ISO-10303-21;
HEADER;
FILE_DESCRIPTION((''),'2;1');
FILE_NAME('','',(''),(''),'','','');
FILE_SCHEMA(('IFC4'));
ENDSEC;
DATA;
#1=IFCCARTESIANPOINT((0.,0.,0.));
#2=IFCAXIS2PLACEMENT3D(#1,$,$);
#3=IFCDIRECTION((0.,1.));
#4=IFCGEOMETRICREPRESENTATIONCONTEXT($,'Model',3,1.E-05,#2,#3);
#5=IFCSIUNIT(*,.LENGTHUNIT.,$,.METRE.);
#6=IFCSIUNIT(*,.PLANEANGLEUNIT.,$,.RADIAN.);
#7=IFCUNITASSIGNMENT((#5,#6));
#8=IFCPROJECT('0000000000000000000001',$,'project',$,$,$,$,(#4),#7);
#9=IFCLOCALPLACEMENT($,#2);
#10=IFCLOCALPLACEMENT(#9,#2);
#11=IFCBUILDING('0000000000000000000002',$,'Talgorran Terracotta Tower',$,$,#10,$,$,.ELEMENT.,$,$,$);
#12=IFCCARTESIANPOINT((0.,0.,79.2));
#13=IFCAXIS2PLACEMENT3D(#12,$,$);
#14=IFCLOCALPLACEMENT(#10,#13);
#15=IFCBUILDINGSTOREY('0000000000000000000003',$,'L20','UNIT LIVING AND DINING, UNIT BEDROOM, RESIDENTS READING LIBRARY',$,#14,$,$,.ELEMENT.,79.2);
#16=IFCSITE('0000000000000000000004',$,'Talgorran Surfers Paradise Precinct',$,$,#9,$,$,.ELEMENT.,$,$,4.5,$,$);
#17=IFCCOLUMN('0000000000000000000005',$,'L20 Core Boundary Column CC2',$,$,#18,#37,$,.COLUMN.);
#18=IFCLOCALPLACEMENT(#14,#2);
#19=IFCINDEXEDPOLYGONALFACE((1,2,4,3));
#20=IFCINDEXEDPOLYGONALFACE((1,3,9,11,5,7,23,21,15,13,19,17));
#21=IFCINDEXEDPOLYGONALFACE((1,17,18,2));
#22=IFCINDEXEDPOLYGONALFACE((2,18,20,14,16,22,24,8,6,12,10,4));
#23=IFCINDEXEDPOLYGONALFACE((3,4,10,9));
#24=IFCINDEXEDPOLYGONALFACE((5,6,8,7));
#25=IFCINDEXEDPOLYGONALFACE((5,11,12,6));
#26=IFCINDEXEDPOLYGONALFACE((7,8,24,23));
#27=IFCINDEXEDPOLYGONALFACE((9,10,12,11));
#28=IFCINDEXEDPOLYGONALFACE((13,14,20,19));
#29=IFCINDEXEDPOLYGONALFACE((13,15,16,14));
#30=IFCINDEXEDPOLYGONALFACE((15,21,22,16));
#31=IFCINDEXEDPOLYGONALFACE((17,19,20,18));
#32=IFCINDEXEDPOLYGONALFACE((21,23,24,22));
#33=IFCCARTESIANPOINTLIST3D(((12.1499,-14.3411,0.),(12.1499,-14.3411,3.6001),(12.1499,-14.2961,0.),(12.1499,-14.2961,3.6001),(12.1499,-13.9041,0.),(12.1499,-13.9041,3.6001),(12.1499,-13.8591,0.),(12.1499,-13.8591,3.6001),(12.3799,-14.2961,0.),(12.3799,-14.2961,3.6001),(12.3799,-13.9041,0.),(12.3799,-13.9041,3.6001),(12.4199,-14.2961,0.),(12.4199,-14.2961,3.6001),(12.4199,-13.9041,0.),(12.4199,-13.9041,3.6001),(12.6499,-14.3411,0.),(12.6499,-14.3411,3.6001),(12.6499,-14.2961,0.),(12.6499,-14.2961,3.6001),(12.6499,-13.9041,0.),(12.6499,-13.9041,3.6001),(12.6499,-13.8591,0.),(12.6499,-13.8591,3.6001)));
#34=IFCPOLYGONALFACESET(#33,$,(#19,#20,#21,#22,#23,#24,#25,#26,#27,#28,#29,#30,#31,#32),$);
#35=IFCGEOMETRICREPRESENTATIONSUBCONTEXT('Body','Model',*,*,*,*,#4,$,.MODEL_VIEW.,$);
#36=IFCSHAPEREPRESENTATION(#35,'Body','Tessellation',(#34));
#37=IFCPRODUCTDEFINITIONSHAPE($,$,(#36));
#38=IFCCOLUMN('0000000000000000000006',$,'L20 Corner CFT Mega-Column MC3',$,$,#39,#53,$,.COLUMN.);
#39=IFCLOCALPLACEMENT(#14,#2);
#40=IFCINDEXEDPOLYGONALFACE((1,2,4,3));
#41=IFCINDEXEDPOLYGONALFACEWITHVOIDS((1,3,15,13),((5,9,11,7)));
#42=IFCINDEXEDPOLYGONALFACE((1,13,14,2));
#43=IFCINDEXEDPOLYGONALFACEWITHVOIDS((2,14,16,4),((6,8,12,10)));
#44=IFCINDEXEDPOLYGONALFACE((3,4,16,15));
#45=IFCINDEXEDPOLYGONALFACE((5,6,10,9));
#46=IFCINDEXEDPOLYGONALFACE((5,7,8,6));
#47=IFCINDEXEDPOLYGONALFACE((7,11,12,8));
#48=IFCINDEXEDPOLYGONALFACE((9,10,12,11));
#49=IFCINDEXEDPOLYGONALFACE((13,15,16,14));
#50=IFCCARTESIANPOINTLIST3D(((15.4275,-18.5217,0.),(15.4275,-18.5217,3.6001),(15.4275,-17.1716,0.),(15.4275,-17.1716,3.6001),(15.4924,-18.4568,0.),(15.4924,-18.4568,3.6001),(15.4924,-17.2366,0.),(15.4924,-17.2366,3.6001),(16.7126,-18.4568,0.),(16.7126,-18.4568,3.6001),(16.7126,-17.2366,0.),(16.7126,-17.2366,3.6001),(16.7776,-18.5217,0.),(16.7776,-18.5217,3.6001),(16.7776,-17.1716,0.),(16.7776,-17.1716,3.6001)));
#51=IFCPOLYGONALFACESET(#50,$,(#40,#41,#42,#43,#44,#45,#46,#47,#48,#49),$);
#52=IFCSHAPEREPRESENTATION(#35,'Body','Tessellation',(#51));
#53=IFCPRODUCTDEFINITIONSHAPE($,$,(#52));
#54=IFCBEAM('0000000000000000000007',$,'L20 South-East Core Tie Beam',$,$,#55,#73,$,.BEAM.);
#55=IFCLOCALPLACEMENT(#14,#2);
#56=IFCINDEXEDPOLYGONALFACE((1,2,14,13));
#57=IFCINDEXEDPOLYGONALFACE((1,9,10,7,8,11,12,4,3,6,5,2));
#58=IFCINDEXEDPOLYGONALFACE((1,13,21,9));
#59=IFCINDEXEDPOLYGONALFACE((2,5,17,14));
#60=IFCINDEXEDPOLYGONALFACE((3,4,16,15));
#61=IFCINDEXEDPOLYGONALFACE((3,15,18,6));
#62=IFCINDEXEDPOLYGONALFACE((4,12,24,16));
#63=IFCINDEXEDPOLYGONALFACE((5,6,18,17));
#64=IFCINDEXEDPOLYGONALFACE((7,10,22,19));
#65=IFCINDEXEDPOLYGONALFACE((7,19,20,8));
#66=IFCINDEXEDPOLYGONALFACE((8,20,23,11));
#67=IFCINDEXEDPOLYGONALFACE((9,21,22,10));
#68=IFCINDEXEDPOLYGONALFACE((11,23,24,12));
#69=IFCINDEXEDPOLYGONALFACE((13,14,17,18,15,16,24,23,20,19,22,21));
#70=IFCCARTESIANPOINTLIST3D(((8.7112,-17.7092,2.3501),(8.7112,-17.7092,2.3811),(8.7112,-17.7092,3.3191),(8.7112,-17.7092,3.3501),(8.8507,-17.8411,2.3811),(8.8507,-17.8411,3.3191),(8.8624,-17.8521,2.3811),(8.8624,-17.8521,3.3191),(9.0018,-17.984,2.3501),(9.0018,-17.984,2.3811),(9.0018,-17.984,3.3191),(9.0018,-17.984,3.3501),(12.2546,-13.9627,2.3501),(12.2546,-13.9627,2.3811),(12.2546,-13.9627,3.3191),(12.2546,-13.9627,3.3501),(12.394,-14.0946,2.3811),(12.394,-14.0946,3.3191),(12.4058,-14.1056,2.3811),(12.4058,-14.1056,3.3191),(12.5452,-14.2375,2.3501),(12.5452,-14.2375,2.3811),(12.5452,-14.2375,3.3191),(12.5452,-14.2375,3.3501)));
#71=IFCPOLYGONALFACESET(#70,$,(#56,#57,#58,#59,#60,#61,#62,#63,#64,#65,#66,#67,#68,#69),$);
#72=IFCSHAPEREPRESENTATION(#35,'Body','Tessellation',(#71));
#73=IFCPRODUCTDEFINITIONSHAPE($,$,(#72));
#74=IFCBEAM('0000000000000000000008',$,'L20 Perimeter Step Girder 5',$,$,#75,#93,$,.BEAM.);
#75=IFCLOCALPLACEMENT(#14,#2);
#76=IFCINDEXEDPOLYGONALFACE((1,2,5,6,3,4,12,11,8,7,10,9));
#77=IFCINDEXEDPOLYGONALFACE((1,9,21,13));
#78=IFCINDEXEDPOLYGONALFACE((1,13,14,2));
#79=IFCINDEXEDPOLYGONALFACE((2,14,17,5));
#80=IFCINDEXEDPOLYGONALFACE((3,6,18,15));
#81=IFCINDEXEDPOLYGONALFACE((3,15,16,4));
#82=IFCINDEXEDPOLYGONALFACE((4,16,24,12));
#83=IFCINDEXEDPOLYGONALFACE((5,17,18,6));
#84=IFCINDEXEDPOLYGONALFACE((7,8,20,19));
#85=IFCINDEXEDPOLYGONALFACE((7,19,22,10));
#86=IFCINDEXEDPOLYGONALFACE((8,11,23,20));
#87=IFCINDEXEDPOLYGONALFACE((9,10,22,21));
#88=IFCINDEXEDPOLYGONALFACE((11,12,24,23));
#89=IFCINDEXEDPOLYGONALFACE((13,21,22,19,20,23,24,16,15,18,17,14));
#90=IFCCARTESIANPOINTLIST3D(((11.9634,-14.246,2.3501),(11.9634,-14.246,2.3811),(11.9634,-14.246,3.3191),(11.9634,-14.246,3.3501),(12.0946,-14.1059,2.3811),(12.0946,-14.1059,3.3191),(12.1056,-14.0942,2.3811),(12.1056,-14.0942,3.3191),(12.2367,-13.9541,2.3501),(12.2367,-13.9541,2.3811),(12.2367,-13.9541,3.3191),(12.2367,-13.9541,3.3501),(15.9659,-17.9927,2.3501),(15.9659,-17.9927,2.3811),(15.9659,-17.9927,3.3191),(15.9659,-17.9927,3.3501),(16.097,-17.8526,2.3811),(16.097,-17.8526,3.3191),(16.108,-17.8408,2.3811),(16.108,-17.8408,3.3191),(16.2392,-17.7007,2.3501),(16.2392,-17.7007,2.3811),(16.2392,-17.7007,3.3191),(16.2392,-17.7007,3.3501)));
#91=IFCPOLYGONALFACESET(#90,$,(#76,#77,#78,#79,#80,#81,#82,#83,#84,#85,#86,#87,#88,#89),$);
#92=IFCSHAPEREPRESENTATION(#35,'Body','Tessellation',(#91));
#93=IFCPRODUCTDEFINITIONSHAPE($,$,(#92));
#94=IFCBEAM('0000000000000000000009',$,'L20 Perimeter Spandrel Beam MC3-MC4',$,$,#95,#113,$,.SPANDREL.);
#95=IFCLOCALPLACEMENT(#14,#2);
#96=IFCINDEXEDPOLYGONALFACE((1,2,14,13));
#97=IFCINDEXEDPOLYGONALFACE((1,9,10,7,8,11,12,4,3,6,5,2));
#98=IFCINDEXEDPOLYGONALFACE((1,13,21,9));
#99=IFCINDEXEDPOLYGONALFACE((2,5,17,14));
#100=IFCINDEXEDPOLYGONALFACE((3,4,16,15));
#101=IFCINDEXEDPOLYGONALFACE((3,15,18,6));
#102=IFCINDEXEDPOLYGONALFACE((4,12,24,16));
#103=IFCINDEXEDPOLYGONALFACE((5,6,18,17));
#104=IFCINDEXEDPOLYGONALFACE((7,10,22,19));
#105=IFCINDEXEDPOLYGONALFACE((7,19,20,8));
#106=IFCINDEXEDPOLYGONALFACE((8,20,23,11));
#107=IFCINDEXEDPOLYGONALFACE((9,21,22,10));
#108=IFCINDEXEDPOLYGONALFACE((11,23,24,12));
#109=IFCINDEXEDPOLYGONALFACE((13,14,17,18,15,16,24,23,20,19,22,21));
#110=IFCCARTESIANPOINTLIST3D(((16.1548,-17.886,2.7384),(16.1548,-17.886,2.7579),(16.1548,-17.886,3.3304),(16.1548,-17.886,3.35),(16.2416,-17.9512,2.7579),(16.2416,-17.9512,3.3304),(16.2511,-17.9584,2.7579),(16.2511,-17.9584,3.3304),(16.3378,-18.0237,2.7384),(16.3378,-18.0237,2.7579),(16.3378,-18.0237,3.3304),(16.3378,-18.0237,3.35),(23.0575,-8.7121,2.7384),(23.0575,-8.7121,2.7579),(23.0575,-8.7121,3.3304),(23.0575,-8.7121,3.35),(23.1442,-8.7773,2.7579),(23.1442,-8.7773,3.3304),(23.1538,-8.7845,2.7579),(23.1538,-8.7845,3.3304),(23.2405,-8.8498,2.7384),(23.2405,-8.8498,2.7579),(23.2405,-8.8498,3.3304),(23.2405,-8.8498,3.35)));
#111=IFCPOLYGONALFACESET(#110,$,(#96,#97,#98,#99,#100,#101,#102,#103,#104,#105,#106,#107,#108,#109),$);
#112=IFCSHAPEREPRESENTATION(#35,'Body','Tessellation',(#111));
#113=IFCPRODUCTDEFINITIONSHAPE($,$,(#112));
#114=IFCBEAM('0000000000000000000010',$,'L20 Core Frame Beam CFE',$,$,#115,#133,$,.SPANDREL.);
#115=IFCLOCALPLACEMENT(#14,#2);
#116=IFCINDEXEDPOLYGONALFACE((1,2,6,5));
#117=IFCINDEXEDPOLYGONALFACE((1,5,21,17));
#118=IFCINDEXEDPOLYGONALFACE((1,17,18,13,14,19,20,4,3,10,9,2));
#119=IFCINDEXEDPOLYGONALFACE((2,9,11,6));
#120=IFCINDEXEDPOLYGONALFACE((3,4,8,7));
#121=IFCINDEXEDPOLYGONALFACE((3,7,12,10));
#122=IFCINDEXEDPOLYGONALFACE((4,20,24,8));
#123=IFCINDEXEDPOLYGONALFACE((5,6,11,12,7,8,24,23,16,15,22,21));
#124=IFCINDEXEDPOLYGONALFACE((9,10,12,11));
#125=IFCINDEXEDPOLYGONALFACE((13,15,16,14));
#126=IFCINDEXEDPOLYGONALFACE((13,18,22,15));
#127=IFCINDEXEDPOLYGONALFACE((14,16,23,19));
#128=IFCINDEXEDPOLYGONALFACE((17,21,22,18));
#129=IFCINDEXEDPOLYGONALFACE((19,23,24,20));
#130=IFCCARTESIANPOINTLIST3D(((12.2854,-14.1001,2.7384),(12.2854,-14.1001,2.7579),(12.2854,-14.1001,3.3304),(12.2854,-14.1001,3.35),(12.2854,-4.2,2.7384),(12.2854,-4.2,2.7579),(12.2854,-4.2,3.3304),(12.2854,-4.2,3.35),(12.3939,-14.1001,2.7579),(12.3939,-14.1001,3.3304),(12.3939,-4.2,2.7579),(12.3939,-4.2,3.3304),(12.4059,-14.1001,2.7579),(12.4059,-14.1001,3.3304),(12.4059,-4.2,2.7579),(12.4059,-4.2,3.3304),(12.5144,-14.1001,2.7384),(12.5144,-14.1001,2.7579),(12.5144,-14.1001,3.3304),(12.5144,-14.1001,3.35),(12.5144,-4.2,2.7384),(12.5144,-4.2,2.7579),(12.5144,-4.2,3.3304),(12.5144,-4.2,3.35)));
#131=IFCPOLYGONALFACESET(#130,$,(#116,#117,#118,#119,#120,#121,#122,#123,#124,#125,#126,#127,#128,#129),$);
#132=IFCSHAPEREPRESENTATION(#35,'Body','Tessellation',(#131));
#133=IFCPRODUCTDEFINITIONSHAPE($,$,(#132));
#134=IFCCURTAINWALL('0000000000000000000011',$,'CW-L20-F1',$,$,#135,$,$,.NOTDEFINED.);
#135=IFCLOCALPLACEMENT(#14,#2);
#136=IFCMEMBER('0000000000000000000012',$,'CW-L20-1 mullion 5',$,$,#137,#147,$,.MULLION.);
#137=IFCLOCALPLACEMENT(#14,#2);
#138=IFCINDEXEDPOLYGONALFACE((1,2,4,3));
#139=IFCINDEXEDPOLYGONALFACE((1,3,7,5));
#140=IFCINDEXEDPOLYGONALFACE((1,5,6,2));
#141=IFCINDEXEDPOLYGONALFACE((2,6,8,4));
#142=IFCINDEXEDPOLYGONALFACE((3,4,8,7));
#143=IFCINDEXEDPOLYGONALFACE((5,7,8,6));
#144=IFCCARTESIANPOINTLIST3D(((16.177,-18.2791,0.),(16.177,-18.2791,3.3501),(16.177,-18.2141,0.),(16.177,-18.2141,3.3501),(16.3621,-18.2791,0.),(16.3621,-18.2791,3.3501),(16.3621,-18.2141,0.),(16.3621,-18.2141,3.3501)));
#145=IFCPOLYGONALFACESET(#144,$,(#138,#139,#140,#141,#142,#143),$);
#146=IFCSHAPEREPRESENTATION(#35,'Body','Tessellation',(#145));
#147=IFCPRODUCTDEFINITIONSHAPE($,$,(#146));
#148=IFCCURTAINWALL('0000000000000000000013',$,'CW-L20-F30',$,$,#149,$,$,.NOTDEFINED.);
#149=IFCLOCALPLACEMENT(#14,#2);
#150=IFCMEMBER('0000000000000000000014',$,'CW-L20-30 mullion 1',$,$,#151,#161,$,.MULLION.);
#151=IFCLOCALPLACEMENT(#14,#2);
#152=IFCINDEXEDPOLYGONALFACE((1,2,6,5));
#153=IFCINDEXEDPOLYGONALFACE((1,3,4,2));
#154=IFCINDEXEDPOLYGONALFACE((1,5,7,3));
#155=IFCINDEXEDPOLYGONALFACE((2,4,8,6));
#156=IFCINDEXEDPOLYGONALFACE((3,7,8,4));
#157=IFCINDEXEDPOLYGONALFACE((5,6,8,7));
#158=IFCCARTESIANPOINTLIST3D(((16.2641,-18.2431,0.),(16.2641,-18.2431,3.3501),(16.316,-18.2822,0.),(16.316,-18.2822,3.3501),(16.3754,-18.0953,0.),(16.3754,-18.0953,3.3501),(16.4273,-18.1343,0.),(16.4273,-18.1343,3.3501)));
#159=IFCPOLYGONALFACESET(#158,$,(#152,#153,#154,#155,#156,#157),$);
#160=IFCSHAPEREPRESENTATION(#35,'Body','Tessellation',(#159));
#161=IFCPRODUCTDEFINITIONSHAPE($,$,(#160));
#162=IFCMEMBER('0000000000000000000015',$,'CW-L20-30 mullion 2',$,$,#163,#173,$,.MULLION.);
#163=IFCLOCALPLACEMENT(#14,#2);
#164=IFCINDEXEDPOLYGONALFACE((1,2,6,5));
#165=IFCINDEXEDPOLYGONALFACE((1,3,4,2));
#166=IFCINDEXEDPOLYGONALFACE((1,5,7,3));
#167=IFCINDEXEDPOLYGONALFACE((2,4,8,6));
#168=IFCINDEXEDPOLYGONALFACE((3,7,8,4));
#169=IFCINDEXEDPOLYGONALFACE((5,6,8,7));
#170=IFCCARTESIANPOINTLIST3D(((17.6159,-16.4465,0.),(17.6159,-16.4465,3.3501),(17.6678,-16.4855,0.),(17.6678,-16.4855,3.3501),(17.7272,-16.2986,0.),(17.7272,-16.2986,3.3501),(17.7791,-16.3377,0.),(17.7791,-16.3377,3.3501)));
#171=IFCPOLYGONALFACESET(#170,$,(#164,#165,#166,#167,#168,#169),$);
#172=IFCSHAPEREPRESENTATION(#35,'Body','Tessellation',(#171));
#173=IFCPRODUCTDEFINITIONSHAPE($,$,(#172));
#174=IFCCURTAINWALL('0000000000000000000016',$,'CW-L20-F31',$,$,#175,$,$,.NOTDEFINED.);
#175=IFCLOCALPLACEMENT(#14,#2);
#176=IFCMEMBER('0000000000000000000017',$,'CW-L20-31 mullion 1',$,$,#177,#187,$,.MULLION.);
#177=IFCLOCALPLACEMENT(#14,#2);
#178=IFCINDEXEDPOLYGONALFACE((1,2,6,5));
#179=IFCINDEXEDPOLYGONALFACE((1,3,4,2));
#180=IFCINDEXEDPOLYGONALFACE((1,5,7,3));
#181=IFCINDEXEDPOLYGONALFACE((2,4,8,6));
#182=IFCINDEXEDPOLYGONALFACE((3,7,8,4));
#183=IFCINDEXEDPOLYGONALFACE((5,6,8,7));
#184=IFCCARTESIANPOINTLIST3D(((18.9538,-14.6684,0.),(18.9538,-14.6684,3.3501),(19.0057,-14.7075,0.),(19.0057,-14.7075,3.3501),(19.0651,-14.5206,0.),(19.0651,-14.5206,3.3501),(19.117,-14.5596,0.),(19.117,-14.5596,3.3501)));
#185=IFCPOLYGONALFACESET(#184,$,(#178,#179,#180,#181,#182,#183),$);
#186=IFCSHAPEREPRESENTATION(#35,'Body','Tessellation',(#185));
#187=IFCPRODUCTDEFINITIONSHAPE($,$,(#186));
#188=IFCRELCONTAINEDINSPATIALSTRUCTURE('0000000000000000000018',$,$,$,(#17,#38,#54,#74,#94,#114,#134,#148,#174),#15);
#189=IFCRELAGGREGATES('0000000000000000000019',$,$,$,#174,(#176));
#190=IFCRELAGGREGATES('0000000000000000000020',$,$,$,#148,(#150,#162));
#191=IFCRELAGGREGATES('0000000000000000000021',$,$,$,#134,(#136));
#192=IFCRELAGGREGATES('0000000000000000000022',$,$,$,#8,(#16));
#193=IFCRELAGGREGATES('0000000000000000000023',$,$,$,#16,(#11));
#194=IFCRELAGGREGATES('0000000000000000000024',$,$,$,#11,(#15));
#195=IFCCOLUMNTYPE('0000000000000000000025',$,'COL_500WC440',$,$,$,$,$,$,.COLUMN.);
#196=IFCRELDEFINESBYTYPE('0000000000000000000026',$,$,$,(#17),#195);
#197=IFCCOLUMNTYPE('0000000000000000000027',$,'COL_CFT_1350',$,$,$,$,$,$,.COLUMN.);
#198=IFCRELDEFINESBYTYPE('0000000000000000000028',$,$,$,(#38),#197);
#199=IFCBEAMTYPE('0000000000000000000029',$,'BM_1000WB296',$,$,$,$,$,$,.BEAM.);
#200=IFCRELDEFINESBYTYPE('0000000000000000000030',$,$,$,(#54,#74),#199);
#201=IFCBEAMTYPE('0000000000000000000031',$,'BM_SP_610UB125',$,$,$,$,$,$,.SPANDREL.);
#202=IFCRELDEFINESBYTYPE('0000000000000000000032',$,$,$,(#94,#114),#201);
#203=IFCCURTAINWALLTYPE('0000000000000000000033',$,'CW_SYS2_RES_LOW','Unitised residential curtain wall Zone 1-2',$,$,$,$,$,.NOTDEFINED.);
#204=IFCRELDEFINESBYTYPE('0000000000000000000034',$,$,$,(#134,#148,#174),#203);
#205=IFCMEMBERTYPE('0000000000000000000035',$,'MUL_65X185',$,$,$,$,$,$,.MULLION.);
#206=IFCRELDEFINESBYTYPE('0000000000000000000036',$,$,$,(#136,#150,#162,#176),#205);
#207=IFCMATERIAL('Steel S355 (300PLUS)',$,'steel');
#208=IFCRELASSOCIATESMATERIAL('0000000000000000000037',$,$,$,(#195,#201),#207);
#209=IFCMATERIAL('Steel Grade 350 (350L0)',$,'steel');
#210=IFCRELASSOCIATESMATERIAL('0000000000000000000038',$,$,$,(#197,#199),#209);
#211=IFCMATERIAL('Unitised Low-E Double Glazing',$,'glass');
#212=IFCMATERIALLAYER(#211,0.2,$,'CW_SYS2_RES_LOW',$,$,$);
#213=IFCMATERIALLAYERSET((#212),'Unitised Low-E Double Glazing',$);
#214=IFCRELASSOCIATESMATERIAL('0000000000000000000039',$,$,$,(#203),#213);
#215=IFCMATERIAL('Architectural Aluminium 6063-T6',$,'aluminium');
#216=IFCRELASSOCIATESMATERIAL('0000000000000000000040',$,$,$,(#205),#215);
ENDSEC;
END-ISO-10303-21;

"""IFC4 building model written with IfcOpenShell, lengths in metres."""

from ifc_helpers import new_model, si_unit, direction, frame, origin, origin_2d, place, context, subcontext, project, spatial, rectangle, hollow_rectangle, i_section, extrude, material, layer, layer_set, material_profile, profile_set, type_object, element, aggregate, save


model = new_model("IFC4")

# Units and contexts
model_context = context("Model", 3, precision=1e-05, world=origin(), true_north=direction((0.0, 1.0)))
body_context = subcontext(model_context, "Body", "Model", "MODEL_VIEW")
ifc_project = project(units=[si_unit("LENGTHUNIT", "METRE"), si_unit("PLANEANGLEUNIT", "RADIAN")], contexts=[model_context])

# Site, building, storey
site_placement = place(None, origin())
site = spatial("IfcSite", under=ifc_project, at=site_placement, Name="Talgorran Surfers Paradise Precinct", CompositionType="ELEMENT", RefElevation=4.5)
building_placement = place(site_placement, origin())
building = spatial("IfcBuilding", under=site, at=building_placement, Name="Talgorran Terracotta Tower", CompositionType="ELEMENT")
storey_placement = place(building_placement, frame((0.0, 0.0, 79.2)))
storey = spatial("IfcBuildingStorey", under=building, at=storey_placement, Name="L20", Description="UNIT LIVING AND DINING, UNIT BEDROOM, RESIDENTS READING LIBRARY", CompositionType="ELEMENT", Elevation=79.2)

# Columns
ifc_material_1 = material(Name="Steel S355 (300PLUS)", Category="steel")
ifc_material_profile_1 = material_profile(ifc_material_1, i_section(OverallWidth=0.5, OverallDepth=0.4819, WebThickness=0.04, FlangeThickness=0.0449, at=origin_2d()), Name="500WC440")
ifc_profile_set_1 = profile_set([ifc_material_profile_1], Name="Steel S355 (300PLUS)")
column_type_1 = type_object("IfcColumnType", Name="COL_500WC440", PredefinedType="COLUMN", material=ifc_profile_set_1)
column_1_placement = place(storey_placement, frame((12.3999, -14.1001, 0.0), z_axis=(0.0, 0.0, 1.0), x_axis=(1.0, 0.0, 0.0)))
element("IfcColumn", 1, at=column_1_placement, inside=storey, type_object=column_type_1, Name="L20 Core Boundary Column CC2", PredefinedType="COLUMN", context=body_context, shape_type="SweptSolid", body=[
    extrude(i_section(OverallWidth=0.5, OverallDepth=0.4819, WebThickness=0.04, FlangeThickness=0.0449, at=origin_2d()), origin(), (0.0, 0.0, 1.0), 3.6001),
])
ifc_material_2 = material(Name="Steel Grade 350 (350L0)", Category="steel")
ifc_material_profile_2 = material_profile(ifc_material_2, hollow_rectangle(XDim=1.3501, YDim=1.3501, WallThickness=0.0649, at=origin_2d()), Name="CFT1350X1350X65")
ifc_profile_set_2 = profile_set([ifc_material_profile_2], Name="Steel Grade 350 (350L0)")
column_type_2 = type_object("IfcColumnType", Name="COL_CFT_1350", PredefinedType="COLUMN", material=ifc_profile_set_2)
column_2_placement = place(storey_placement, frame((16.1025, -17.8467, 0.0), z_axis=(0.0, 0.0, 1.0), x_axis=(1.0, 0.0, 0.0)))
element("IfcColumn", 2, at=column_2_placement, inside=storey, type_object=column_type_2, Name="L20 Corner CFT Mega-Column MC3", PredefinedType="COLUMN", context=body_context, shape_type="SweptSolid", body=[
    extrude(hollow_rectangle(XDim=1.3501, YDim=1.3501, WallThickness=0.0649, at=origin_2d()), origin(), (0.0, 0.0, 1.0), 3.6001),
])

# Beams
ifc_material_profile_3 = material_profile(ifc_material_2, i_section(OverallWidth=0.3999, OverallDepth=1.0, WebThickness=0.0161, FlangeThickness=0.031, at=origin_2d()), Name="1000WB296")
ifc_profile_set_3 = profile_set([ifc_material_profile_3], Name="Steel Grade 350 (350L0)")
beam_type_1 = type_object("IfcBeamType", Name="BM_1000WB296", PredefinedType="BEAM", material=ifc_profile_set_3)
beam_1_placement = place(storey_placement, frame((12.3999, -14.1001, 2.8501), z_axis=(-0.687138, -0.726527, 0.0), x_axis=(0.726527, -0.687138, 0.0)))
element("IfcBeam", 3, at=beam_1_placement, inside=storey, type_object=beam_type_1, Name="L20 South-East Core Tie Beam", PredefinedType="BEAM", context=body_context, shape_type="SweptSolid", body=[
    extrude(i_section(OverallWidth=0.3999, OverallDepth=1.0, WebThickness=0.0161, FlangeThickness=0.031, at=origin_2d()), origin(), (0.0, 0.0, 1.0), 5.1567),
])
beam_2_placement = place(storey_placement, frame((16.1025, -17.8467, 2.8501), z_axis=(-0.730056, 0.683387, 0.0), x_axis=(-0.683387, -0.730056, 0.0)))
element("IfcBeam", 4, at=beam_2_placement, inside=storey, type_object=beam_type_1, Name="L20 Perimeter Step Girder 5", PredefinedType="BEAM", context=body_context, shape_type="SweptSolid", body=[
    extrude(i_section(OverallWidth=0.3999, OverallDepth=1.0, WebThickness=0.0161, FlangeThickness=0.031, at=origin_2d()), origin(), (0.0, 0.0, 1.0), 5.4824),
])
ifc_material_profile_4 = material_profile(ifc_material_1, i_section(OverallWidth=0.229, OverallDepth=0.6116, WebThickness=0.012, FlangeThickness=0.0195, at=origin_2d()), Name="610UB125")
ifc_profile_set_4 = profile_set([ifc_material_profile_4], Name="Steel S355 (300PLUS)")
beam_type_2 = type_object("IfcBeamType", Name="BM_SP_610UB125", PredefinedType="SPANDREL", material=ifc_profile_set_4)
beam_3_placement = place(storey_placement, frame((16.2463, -17.9548, 3.0442), z_axis=(0.601238, 0.79907, 0.0), x_axis=(-0.79907, 0.601238, 0.0)))
element("IfcBeam", 5, at=beam_3_placement, inside=storey, type_object=beam_type_2, Name="L20 Perimeter Spandrel Beam MC3-MC4", PredefinedType="SPANDREL", context=body_context, shape_type="SweptSolid", body=[
    extrude(i_section(OverallWidth=0.229, OverallDepth=0.6116, WebThickness=0.012, FlangeThickness=0.0195, at=origin_2d()), origin(), (0.0, 0.0, 1.0), 11.4807),
])
beam_4_placement = place(storey_placement, frame((12.3999, -14.1001, 3.0442), z_axis=(0.0, 1.0, 0.0), x_axis=(-1.0, 0.0, 0.0)))
element("IfcBeam", 6, at=beam_4_placement, inside=storey, type_object=beam_type_2, Name="L20 Core Frame Beam CFE", PredefinedType="SPANDREL", context=body_context, shape_type="SweptSolid", body=[
    extrude(i_section(OverallWidth=0.229, OverallDepth=0.6116, WebThickness=0.012, FlangeThickness=0.0195, at=origin_2d()), origin(), (0.0, 0.0, 1.0), 9.9001),
])

# Curtain wall, member
ifc_material_3 = material(Name="Unitised Low-E Double Glazing", Category="glass")
ifc_layer_1 = layer(ifc_material_3, 0.2, Name="CW_SYS2_RES_LOW")
ifc_layer_set_1 = layer_set([ifc_layer_1], Name="Unitised Low-E Double Glazing")
curtain_wall_type = type_object("IfcCurtainWallType", Name="CW_SYS2_RES_LOW", Description="Unitised residential curtain wall Zone 1-2", PredefinedType="NOTDEFINED", material=ifc_layer_set_1)
curtain_wall_1_placement = place(storey_placement, origin())
curtain_wall_1 = element("IfcCurtainWall", 7, at=curtain_wall_1_placement, inside=storey, type_object=curtain_wall_type, Name="CW-L20-F1", PredefinedType="NOTDEFINED")
ifc_material_4 = material(Name="Architectural Aluminium 6063-T6", Category="aluminium")
ifc_material_profile_5 = material_profile(ifc_material_4, rectangle(XDim=0.0649, YDim=0.1851, at=origin_2d()), Name="CWM65X185")
ifc_profile_set_5 = profile_set([ifc_material_profile_5], Name="Architectural Aluminium 6063-T6")
member_type_1 = type_object("IfcMemberType", Name="MUL_65X185", PredefinedType="MULLION", material=ifc_profile_set_5)
member_1_placement = place(storey_placement, frame((16.2695, -18.2466, 0.0), z_axis=(0.0, 0.0, 1.0), x_axis=(0.0, 1.0, 0.0)))
member_1 = element("IfcMember", 8, at=member_1_placement, type_object=member_type_1, Name="CW-L20-1 mullion 5", PredefinedType="MULLION", context=body_context, shape_type="SweptSolid", body=[
    extrude(rectangle(XDim=0.0649, YDim=0.1851, at=origin_2d()), origin(), (0.0, 0.0, 1.0), 3.3501),
])

# Curtain wall, members
curtain_wall_2_placement = place(storey_placement, origin())
curtain_wall_2 = element("IfcCurtainWall", 9, at=curtain_wall_2_placement, inside=storey, type_object=curtain_wall_type, Name="CW-L20-F30", PredefinedType="NOTDEFINED")
member_2_placement = place(storey_placement, frame((16.3457, -18.1887, 0.0), z_axis=(0.0, 0.0, 1.0), x_axis=(-0.799055, 0.601258, 0.0)))
member_2 = element("IfcMember", 10, at=member_2_placement, type_object=member_type_1, Name="CW-L20-30 mullion 1", PredefinedType="MULLION", context=body_context, shape_type="SweptSolid", body=[
    extrude(rectangle(XDim=0.0649, YDim=0.1851, at=origin_2d()), origin(), (0.0, 0.0, 1.0), 3.3501),
])
member_3_placement = place(storey_placement, frame((17.6975, -16.3921, 0.0), z_axis=(0.0, 0.0, 1.0), x_axis=(-0.799055, 0.601258, 0.0)))
member_3 = element("IfcMember", 11, at=member_3_placement, type_object=member_type_1, Name="CW-L20-30 mullion 2", PredefinedType="MULLION", context=body_context, shape_type="SweptSolid", body=[
    extrude(rectangle(XDim=0.0649, YDim=0.1851, at=origin_2d()), origin(), (0.0, 0.0, 1.0), 3.3501),
])

# Curtain wall, member
curtain_wall_3_placement = place(storey_placement, origin())
curtain_wall_3 = element("IfcCurtainWall", 12, at=curtain_wall_3_placement, inside=storey, type_object=curtain_wall_type, Name="CW-L20-F31", PredefinedType="NOTDEFINED")
member_4_placement = place(storey_placement, frame((19.0354, -14.614, 0.0), z_axis=(0.0, 0.0, 1.0), x_axis=(-0.79906, 0.601251, 0.0)))
member_4 = element("IfcMember", 13, at=member_4_placement, type_object=member_type_1, Name="CW-L20-31 mullion 1", PredefinedType="MULLION", context=body_context, shape_type="SweptSolid", body=[
    extrude(rectangle(XDim=0.0649, YDim=0.1851, at=origin_2d()), origin(), (0.0, 0.0, 1.0), 3.3501),
])

aggregate(curtain_wall_3, [member_4])

aggregate(curtain_wall_2, [member_2, member_3])
aggregate(curtain_wall_1, [member_1])

save(model, "model.ifc")
